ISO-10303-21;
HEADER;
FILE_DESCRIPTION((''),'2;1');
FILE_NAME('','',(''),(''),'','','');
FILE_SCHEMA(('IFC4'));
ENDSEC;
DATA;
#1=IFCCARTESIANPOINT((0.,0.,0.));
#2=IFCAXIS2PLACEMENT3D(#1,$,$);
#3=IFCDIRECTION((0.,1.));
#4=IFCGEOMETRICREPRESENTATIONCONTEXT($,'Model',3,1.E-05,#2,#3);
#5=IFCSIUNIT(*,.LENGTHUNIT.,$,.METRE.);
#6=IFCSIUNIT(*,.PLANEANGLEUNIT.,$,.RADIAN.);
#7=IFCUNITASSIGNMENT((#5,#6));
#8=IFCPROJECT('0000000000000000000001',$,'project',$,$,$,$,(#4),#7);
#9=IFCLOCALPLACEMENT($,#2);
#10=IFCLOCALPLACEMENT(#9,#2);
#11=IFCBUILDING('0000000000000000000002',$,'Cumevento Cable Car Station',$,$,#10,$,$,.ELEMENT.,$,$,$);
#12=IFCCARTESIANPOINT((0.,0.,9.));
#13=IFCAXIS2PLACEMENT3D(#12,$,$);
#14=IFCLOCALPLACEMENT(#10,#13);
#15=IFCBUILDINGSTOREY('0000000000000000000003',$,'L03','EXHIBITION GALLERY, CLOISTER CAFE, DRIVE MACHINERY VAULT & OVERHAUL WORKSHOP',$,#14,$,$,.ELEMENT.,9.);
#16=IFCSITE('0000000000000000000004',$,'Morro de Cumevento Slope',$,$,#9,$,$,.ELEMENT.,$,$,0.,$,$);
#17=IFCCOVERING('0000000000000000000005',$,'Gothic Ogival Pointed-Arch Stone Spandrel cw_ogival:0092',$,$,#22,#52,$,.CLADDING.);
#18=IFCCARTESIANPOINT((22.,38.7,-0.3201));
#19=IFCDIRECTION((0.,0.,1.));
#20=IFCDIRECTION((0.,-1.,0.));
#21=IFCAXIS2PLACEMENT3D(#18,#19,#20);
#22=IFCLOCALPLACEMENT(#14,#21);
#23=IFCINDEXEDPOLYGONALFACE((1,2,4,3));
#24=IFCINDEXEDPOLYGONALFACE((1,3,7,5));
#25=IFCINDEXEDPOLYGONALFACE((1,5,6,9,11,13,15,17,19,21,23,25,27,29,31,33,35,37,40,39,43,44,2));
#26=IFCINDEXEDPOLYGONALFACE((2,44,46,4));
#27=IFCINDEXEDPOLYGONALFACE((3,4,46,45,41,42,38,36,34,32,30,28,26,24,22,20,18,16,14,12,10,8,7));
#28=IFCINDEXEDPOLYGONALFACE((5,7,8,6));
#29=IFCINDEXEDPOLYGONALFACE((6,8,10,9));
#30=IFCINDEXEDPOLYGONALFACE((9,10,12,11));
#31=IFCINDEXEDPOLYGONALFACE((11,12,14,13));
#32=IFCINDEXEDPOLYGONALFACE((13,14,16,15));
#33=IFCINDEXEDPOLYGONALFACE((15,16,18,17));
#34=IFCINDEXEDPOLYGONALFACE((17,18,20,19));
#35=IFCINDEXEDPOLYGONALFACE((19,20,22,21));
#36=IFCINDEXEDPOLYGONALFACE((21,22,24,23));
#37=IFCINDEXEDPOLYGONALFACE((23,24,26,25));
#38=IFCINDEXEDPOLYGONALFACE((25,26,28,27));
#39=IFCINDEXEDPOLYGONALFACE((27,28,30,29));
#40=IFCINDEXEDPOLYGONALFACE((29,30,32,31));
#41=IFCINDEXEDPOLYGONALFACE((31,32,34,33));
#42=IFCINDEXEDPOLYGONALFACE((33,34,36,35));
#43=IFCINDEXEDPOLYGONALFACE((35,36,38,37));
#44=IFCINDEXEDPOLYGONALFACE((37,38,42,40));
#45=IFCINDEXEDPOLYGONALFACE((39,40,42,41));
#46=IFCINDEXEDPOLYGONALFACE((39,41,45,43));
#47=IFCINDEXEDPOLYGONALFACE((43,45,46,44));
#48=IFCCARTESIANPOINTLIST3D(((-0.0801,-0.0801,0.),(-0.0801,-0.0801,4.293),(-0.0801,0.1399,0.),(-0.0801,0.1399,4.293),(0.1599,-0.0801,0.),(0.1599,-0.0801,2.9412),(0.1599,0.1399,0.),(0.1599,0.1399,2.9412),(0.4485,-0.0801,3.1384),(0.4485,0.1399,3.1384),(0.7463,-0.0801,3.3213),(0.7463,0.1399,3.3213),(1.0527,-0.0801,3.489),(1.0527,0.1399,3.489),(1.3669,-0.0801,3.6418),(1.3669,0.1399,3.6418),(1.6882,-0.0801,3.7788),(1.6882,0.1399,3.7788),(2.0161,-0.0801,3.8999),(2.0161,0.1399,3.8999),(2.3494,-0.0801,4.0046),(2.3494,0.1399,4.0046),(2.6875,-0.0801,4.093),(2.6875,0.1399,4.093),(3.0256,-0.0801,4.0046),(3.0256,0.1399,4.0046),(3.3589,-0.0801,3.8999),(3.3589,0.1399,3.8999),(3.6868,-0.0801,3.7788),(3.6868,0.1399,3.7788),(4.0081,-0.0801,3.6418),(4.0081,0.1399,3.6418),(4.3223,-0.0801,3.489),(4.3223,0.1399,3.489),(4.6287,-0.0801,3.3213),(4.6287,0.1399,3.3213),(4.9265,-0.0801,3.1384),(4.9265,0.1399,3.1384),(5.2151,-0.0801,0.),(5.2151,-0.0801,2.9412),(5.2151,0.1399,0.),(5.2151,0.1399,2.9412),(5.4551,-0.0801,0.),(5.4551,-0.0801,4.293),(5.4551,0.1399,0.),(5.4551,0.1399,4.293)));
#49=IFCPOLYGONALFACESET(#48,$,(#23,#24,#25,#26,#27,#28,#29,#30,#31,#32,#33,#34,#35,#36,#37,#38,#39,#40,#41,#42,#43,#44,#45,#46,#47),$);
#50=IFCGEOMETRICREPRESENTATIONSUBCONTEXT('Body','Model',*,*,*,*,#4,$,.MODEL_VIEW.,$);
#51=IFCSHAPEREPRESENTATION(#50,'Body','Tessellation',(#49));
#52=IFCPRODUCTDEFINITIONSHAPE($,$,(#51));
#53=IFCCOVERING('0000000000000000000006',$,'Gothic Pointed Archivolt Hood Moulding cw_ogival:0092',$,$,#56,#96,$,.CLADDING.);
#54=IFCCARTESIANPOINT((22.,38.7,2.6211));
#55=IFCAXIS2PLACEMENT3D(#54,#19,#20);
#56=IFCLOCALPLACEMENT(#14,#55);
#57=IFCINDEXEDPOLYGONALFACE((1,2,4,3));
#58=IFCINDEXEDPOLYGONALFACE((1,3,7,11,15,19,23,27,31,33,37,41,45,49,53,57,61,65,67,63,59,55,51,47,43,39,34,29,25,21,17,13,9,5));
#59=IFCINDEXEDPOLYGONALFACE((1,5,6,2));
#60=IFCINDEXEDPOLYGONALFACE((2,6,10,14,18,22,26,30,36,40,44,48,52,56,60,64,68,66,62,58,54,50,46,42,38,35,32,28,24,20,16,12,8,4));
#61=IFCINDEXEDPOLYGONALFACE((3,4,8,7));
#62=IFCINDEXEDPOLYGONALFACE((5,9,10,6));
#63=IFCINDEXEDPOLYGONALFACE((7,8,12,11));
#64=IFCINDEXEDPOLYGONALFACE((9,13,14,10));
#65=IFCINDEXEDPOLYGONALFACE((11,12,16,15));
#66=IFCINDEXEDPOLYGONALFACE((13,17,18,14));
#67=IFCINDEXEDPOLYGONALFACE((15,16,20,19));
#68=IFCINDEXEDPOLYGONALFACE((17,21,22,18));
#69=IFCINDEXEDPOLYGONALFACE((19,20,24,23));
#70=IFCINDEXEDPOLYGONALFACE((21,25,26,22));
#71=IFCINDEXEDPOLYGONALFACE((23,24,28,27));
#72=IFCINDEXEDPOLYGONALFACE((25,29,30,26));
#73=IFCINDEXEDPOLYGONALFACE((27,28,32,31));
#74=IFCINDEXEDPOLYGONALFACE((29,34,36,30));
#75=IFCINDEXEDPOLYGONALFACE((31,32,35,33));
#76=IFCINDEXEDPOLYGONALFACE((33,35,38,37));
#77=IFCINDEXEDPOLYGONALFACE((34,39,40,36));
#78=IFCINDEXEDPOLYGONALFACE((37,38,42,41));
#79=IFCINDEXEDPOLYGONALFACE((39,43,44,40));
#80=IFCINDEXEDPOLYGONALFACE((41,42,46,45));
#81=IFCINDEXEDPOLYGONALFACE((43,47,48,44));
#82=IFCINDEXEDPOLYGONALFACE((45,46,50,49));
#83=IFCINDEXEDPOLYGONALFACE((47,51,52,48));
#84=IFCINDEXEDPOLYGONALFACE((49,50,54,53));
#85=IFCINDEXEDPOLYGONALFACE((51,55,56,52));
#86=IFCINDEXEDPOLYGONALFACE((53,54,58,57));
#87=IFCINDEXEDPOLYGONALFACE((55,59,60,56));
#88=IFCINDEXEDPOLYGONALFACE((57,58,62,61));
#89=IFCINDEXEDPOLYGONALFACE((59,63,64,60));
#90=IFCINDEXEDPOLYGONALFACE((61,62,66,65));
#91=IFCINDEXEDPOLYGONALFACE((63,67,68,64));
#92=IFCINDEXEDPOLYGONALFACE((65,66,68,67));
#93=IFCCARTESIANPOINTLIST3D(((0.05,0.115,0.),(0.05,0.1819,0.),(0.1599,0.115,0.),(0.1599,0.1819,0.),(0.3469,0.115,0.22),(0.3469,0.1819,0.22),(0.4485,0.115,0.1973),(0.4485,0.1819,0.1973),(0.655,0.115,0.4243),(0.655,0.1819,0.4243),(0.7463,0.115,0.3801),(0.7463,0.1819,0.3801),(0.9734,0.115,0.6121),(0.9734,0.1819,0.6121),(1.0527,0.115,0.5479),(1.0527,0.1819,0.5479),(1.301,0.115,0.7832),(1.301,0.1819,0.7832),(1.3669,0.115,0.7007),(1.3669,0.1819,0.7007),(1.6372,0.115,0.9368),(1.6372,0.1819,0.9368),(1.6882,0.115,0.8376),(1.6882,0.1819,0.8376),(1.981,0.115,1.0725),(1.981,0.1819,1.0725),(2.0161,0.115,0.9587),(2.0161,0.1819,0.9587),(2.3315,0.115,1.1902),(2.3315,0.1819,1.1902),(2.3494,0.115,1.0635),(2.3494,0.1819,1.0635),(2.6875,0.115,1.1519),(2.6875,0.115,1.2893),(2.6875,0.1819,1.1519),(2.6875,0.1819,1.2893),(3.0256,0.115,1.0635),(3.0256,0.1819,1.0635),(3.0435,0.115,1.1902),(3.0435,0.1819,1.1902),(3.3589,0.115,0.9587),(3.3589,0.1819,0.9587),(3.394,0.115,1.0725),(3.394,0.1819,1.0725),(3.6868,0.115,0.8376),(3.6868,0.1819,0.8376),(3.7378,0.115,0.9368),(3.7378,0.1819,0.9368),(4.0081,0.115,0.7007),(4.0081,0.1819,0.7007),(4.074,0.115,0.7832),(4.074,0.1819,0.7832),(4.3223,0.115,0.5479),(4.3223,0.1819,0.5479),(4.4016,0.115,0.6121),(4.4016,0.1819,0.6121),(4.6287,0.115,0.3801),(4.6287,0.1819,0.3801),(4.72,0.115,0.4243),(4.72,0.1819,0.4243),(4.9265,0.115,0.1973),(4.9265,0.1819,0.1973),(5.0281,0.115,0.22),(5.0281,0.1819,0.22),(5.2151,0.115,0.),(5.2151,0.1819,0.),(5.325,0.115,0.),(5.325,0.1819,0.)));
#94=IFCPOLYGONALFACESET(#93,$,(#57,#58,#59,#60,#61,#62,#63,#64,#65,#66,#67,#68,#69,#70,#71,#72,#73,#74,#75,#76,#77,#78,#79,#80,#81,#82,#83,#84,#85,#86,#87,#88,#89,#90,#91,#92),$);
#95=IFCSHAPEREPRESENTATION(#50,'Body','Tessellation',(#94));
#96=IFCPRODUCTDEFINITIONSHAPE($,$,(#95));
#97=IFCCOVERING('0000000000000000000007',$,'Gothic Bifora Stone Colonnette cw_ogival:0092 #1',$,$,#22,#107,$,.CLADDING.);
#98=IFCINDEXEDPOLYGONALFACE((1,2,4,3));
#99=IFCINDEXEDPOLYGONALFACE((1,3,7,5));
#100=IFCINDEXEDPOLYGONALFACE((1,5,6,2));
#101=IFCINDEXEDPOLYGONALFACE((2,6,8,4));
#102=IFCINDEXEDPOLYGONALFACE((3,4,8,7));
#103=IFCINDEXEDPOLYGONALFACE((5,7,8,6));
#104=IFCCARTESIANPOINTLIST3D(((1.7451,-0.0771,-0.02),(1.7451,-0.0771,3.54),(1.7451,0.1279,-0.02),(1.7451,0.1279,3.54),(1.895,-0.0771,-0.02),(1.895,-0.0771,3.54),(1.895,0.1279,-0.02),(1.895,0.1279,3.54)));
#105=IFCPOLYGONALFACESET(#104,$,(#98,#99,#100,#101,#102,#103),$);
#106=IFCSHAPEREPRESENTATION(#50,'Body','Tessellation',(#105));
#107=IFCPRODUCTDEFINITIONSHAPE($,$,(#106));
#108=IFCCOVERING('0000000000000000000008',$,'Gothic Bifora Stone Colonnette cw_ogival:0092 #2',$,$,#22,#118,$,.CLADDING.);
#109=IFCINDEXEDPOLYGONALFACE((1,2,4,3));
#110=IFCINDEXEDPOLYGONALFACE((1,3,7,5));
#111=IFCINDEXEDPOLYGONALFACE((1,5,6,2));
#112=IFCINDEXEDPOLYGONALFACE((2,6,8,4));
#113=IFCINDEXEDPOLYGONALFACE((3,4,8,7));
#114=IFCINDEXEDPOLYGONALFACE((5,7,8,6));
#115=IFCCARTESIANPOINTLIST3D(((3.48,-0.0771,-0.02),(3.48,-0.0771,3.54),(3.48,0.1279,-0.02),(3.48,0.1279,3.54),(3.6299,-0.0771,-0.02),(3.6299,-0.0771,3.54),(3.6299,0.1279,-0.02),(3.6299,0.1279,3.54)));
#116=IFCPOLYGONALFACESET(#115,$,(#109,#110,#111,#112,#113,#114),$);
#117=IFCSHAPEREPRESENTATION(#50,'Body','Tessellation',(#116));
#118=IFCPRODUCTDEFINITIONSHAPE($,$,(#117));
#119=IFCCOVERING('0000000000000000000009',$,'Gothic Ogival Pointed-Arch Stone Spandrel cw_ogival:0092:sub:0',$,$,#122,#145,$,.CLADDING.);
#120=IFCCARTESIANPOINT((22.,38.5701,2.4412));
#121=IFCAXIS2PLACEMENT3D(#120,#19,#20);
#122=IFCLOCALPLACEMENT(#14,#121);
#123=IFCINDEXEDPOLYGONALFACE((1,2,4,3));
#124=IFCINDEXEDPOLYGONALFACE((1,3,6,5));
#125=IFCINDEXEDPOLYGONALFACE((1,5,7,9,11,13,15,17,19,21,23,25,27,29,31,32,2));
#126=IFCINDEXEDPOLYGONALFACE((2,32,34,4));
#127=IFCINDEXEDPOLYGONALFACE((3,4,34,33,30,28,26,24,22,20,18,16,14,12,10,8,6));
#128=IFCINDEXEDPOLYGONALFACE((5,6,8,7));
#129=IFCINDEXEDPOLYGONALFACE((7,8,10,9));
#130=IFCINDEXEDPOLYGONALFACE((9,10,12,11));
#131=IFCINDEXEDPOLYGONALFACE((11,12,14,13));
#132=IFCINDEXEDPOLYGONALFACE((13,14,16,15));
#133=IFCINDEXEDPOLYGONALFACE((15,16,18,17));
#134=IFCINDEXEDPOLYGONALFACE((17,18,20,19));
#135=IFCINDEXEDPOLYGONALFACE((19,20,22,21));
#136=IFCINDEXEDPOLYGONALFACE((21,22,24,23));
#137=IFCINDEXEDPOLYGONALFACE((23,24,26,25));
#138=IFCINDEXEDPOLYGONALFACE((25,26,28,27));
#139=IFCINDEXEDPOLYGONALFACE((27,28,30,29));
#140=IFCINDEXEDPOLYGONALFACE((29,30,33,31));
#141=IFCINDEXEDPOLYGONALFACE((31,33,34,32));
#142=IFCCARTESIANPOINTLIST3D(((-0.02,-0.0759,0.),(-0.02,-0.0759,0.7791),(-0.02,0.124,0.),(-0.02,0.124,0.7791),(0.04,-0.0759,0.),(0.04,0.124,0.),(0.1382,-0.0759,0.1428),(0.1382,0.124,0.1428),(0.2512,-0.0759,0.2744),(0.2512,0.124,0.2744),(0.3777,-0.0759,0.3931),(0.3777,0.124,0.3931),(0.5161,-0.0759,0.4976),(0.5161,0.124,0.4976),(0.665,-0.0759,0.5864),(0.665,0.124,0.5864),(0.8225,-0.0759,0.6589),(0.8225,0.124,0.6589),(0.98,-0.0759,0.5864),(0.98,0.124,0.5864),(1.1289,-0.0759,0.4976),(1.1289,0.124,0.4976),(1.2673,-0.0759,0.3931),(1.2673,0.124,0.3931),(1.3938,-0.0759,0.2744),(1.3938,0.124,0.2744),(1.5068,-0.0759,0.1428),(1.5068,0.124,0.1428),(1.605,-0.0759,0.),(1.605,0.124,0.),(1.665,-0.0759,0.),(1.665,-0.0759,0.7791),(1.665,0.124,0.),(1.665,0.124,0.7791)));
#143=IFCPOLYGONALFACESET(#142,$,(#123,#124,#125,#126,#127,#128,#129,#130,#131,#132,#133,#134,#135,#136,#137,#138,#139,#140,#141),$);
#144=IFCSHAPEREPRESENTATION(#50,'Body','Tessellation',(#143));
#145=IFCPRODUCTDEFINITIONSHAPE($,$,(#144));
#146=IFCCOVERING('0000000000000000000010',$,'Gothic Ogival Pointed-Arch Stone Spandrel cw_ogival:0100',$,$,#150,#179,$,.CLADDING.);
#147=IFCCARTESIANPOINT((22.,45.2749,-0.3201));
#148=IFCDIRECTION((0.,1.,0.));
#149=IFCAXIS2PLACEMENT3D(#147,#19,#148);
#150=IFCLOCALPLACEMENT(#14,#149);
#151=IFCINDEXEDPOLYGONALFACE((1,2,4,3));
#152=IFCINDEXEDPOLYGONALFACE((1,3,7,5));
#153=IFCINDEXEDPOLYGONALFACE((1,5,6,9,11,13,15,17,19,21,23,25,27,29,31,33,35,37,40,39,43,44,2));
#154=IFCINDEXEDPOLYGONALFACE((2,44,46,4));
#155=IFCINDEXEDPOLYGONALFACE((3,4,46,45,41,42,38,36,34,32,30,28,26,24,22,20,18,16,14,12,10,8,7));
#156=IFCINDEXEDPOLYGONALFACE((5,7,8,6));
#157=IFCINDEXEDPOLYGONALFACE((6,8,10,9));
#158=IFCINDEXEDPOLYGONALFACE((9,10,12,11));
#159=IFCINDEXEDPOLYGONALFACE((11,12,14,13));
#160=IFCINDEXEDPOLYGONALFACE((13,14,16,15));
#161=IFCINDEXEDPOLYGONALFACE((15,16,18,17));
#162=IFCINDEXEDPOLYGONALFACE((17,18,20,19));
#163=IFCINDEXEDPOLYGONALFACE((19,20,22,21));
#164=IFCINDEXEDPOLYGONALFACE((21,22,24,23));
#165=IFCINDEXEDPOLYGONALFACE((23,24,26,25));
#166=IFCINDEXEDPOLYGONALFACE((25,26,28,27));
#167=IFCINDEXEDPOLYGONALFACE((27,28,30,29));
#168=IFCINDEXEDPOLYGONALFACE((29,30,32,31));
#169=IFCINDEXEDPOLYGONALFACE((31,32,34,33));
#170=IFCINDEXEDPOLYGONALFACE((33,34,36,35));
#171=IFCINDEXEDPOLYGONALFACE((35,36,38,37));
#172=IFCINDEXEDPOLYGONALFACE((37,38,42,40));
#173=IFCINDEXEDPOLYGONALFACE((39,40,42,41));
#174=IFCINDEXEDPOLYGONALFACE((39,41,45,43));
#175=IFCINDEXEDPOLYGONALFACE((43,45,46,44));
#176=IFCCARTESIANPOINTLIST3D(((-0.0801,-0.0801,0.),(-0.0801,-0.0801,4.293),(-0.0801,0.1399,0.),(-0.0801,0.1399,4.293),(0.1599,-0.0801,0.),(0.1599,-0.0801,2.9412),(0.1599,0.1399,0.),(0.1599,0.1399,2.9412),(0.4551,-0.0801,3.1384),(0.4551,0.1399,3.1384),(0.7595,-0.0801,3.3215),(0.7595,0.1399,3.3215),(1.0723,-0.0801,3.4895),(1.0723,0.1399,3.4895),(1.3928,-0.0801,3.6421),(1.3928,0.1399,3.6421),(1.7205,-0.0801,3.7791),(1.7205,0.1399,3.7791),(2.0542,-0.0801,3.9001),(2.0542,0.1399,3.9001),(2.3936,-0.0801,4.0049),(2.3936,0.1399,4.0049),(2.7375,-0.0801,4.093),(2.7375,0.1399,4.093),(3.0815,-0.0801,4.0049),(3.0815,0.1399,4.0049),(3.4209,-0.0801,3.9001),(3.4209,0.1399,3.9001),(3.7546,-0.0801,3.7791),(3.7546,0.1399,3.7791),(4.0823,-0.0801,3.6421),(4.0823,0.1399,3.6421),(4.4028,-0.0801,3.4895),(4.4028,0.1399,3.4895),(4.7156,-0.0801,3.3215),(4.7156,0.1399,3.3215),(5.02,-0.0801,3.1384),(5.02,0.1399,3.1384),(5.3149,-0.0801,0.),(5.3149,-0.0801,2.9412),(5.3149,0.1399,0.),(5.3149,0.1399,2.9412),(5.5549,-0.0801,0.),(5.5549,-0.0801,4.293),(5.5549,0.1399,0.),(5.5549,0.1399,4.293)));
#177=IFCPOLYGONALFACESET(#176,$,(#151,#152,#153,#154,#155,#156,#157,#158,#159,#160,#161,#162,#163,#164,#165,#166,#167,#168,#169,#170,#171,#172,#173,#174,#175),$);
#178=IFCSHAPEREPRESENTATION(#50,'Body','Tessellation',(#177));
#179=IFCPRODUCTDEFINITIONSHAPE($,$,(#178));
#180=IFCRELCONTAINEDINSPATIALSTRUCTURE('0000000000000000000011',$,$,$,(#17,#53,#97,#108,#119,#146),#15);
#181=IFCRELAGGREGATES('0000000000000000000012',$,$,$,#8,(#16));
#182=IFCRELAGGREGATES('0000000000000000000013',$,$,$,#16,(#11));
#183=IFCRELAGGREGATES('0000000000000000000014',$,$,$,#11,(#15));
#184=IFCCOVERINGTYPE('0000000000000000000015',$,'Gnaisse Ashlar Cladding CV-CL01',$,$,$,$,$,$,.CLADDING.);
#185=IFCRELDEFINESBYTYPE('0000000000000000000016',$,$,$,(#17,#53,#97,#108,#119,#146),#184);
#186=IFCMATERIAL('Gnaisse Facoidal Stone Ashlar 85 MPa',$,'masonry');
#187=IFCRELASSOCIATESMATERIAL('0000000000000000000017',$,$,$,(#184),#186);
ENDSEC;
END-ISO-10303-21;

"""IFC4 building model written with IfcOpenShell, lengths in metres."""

from ifc_helpers import new_model, si_unit, direction, frame, origin, place, context, subcontext, project, spatial, polyline, outline, extrude, material, type_object, element, save


model = new_model("IFC4")

# Units and contexts
model_context = context("Model", 3, precision=1e-05, world=origin(), true_north=direction((0.0, 1.0)))
body_context = subcontext(model_context, "Body", "Model", "MODEL_VIEW")
ifc_project = project(units=[si_unit("LENGTHUNIT", "METRE"), si_unit("PLANEANGLEUNIT", "RADIAN")], contexts=[model_context])

# Site, building, storey
site_placement = place(None, origin())
site = spatial("IfcSite", under=ifc_project, at=site_placement, Name="Morro de Cumevento Slope", CompositionType="ELEMENT", RefElevation=0.0)
building_placement = place(site_placement, origin())
building = spatial("IfcBuilding", under=site, at=building_placement, Name="Cumevento Cable Car Station", CompositionType="ELEMENT")
storey_placement = place(building_placement, frame((0.0, 0.0, 9.0)))
storey = spatial("IfcBuildingStorey", under=building, at=storey_placement, Name="L03", Description="EXHIBITION GALLERY, CLOISTER CAFE, DRIVE MACHINERY VAULT & OVERHAUL WORKSHOP", CompositionType="ELEMENT", Elevation=9.0)

# Coverings
ifc_material_1 = material(Name="Gnaisse Facoidal Stone Ashlar 85 MPa", Category="masonry")
covering_type = type_object("IfcCoveringType", Name="Gnaisse Ashlar Cladding CV-CL01", PredefinedType="CLADDING", material=ifc_material_1)
placement_1 = place(storey_placement, frame((22.0, 38.7, -0.3201), z_axis=(0.0, 0.0, 1.0), x_axis=(0.0, -1.0, 0.0)))
element("IfcCovering", 1, at=placement_1, inside=storey, type_object=covering_type, Name="Gothic Ogival Pointed-Arch Stone Spandrel cw_ogival:0092", PredefinedType="CLADDING", context=body_context, shape_type="SweptSolid", body=[
    extrude(outline(polyline([(-0.0801, 0.0), (-0.0801, 4.293), (5.4551, 4.293), (5.4551, 0.0), (5.2151, 0.0), (5.2151, 2.9412), (4.9265, 3.1384), (4.6287, 3.3213), (4.3223, 3.489), (4.0081, 3.6418), (3.6868, 3.7788), (3.3589, 3.8999), (3.0256, 4.0046), (2.6875, 4.093), (2.3494, 4.0046), (2.0161, 3.8999), (1.6882, 3.7788), (1.3669, 3.6418), (1.0527, 3.489), (0.7463, 3.3213), (0.4485, 3.1384), (0.1599, 2.9412), (0.1599, 0.0), (-0.0801, 0.0)])), frame((0.0, 0.1399, 0.0), z_axis=(0.0, -1.0, 0.0), x_axis=(1.0, 0.0, 0.0)), (0.0, 0.0, 1.0), 0.22),
])
covering_1_placement = place(storey_placement, frame((22.0, 38.7, 2.6211), z_axis=(0.0, 0.0, 1.0), x_axis=(0.0, -1.0, 0.0)))
element("IfcCovering", 2, at=covering_1_placement, inside=storey, type_object=covering_type, Name="Gothic Pointed Archivolt Hood Moulding cw_ogival:0092", PredefinedType="CLADDING", context=body_context, shape_type="SweptSolid", body=[
    extrude(outline(polyline([(0.1599, 0.0), (0.4485, 0.1973), (0.7463, 0.3801), (1.0527, 0.5479), (1.3669, 0.7007), (1.6882, 0.8376), (2.0161, 0.9587), (2.3494, 1.0635), (2.6875, 1.1519), (3.0256, 1.0635), (3.3589, 0.9587), (3.6868, 0.8376), (4.0081, 0.7007), (4.3223, 0.5479), (4.6287, 0.3801), (4.9265, 0.1973), (5.2151, 0.0), (5.325, 0.0), (5.0281, 0.22), (4.72, 0.4243), (4.4016, 0.6121), (4.074, 0.7832), (3.7378, 0.9368), (3.394, 1.0725), (3.0435, 1.1902), (2.6875, 1.2893), (2.3315, 1.1902), (1.981, 1.0725), (1.6372, 0.9368), (1.301, 0.7832), (0.9734, 0.6121), (0.655, 0.4243), (0.3469, 0.22), (0.05, 0.0), (0.1599, 0.0)])), frame((0.0, 0.1819, 0.0), z_axis=(0.0, -1.0, 0.0), x_axis=(1.0, 0.0, 0.0)), (0.0, 0.0, 1.0), 0.0669),
])
element("IfcCovering", 3, at=placement_1, inside=storey, type_object=covering_type, Name="Gothic Bifora Stone Colonnette cw_ogival:0092 #1", PredefinedType="CLADDING", context=body_context, shape_type="SweptSolid", body=[
    extrude(outline(polyline([(1.7451, -0.02), (1.895, -0.02), (1.895, 3.54), (1.7451, 3.54), (1.7451, -0.02)])), frame((0.0, 0.1279, 0.0), z_axis=(0.0, -1.0, 0.0), x_axis=(1.0, 0.0, 0.0)), (0.0, 0.0, 1.0), 0.2051),
])
element("IfcCovering", 4, at=placement_1, inside=storey, type_object=covering_type, Name="Gothic Bifora Stone Colonnette cw_ogival:0092 #2", PredefinedType="CLADDING", context=body_context, shape_type="SweptSolid", body=[
    extrude(outline(polyline([(3.48, -0.02), (3.6299, -0.02), (3.6299, 3.54), (3.48, 3.54), (3.48, -0.02)])), frame((0.0, 0.1279, 0.0), z_axis=(0.0, -1.0, 0.0), x_axis=(1.0, 0.0, 0.0)), (0.0, 0.0, 1.0), 0.2051),
])
covering_2_placement = place(storey_placement, frame((22.0, 38.5701, 2.4412), z_axis=(0.0, 0.0, 1.0), x_axis=(0.0, -1.0, 0.0)))
element("IfcCovering", 5, at=covering_2_placement, inside=storey, type_object=covering_type, Name="Gothic Ogival Pointed-Arch Stone Spandrel cw_ogival:0092:sub:0", PredefinedType="CLADDING", context=body_context, shape_type="SweptSolid", body=[
    extrude(outline(polyline([(-0.02, 0.0), (-0.02, 0.7791), (1.665, 0.7791), (1.665, 0.0), (1.605, 0.0), (1.5068, 0.1428), (1.3938, 0.2744), (1.2673, 0.3931), (1.1289, 0.4976), (0.98, 0.5864), (0.8225, 0.6589), (0.665, 0.5864), (0.5161, 0.4976), (0.3777, 0.3931), (0.2512, 0.2744), (0.1382, 0.1428), (0.04, 0.0), (-0.02, 0.0)])), frame((0.0, 0.124, 0.0), z_axis=(0.0, -1.0, 0.0), x_axis=(1.0, 0.0, 0.0)), (0.0, 0.0, 1.0), 0.2),
])
placement_2 = place(storey_placement, frame((22.0, 45.2749, -0.3201), z_axis=(0.0, 0.0, 1.0), x_axis=(0.0, 1.0, 0.0)))
element("IfcCovering", 6, at=placement_2, inside=storey, type_object=covering_type, Name="Gothic Ogival Pointed-Arch Stone Spandrel cw_ogival:0100", PredefinedType="CLADDING", context=body_context, shape_type="SweptSolid", body=[
    extrude(outline(polyline([(-0.0801, 0.0), (-0.0801, 4.293), (5.5549, 4.293), (5.5549, 0.0), (5.3149, 0.0), (5.3149, 2.9412), (5.02, 3.1384), (4.7156, 3.3215), (4.4028, 3.4895), (4.0823, 3.6421), (3.7546, 3.7791), (3.4209, 3.9001), (3.0815, 4.0049), (2.7375, 4.093), (2.3936, 4.0049), (2.0542, 3.9001), (1.7205, 3.7791), (1.3928, 3.6421), (1.0723, 3.4895), (0.7595, 3.3215), (0.4551, 3.1384), (0.1599, 2.9412), (0.1599, 0.0), (-0.0801, 0.0)])), frame((0.0, 0.1399, 0.0), z_axis=(0.0, -1.0, 0.0), x_axis=(1.0, 0.0, 0.0)), (0.0, 0.0, 1.0), 0.22),
])

save(model, "model.ifc")
